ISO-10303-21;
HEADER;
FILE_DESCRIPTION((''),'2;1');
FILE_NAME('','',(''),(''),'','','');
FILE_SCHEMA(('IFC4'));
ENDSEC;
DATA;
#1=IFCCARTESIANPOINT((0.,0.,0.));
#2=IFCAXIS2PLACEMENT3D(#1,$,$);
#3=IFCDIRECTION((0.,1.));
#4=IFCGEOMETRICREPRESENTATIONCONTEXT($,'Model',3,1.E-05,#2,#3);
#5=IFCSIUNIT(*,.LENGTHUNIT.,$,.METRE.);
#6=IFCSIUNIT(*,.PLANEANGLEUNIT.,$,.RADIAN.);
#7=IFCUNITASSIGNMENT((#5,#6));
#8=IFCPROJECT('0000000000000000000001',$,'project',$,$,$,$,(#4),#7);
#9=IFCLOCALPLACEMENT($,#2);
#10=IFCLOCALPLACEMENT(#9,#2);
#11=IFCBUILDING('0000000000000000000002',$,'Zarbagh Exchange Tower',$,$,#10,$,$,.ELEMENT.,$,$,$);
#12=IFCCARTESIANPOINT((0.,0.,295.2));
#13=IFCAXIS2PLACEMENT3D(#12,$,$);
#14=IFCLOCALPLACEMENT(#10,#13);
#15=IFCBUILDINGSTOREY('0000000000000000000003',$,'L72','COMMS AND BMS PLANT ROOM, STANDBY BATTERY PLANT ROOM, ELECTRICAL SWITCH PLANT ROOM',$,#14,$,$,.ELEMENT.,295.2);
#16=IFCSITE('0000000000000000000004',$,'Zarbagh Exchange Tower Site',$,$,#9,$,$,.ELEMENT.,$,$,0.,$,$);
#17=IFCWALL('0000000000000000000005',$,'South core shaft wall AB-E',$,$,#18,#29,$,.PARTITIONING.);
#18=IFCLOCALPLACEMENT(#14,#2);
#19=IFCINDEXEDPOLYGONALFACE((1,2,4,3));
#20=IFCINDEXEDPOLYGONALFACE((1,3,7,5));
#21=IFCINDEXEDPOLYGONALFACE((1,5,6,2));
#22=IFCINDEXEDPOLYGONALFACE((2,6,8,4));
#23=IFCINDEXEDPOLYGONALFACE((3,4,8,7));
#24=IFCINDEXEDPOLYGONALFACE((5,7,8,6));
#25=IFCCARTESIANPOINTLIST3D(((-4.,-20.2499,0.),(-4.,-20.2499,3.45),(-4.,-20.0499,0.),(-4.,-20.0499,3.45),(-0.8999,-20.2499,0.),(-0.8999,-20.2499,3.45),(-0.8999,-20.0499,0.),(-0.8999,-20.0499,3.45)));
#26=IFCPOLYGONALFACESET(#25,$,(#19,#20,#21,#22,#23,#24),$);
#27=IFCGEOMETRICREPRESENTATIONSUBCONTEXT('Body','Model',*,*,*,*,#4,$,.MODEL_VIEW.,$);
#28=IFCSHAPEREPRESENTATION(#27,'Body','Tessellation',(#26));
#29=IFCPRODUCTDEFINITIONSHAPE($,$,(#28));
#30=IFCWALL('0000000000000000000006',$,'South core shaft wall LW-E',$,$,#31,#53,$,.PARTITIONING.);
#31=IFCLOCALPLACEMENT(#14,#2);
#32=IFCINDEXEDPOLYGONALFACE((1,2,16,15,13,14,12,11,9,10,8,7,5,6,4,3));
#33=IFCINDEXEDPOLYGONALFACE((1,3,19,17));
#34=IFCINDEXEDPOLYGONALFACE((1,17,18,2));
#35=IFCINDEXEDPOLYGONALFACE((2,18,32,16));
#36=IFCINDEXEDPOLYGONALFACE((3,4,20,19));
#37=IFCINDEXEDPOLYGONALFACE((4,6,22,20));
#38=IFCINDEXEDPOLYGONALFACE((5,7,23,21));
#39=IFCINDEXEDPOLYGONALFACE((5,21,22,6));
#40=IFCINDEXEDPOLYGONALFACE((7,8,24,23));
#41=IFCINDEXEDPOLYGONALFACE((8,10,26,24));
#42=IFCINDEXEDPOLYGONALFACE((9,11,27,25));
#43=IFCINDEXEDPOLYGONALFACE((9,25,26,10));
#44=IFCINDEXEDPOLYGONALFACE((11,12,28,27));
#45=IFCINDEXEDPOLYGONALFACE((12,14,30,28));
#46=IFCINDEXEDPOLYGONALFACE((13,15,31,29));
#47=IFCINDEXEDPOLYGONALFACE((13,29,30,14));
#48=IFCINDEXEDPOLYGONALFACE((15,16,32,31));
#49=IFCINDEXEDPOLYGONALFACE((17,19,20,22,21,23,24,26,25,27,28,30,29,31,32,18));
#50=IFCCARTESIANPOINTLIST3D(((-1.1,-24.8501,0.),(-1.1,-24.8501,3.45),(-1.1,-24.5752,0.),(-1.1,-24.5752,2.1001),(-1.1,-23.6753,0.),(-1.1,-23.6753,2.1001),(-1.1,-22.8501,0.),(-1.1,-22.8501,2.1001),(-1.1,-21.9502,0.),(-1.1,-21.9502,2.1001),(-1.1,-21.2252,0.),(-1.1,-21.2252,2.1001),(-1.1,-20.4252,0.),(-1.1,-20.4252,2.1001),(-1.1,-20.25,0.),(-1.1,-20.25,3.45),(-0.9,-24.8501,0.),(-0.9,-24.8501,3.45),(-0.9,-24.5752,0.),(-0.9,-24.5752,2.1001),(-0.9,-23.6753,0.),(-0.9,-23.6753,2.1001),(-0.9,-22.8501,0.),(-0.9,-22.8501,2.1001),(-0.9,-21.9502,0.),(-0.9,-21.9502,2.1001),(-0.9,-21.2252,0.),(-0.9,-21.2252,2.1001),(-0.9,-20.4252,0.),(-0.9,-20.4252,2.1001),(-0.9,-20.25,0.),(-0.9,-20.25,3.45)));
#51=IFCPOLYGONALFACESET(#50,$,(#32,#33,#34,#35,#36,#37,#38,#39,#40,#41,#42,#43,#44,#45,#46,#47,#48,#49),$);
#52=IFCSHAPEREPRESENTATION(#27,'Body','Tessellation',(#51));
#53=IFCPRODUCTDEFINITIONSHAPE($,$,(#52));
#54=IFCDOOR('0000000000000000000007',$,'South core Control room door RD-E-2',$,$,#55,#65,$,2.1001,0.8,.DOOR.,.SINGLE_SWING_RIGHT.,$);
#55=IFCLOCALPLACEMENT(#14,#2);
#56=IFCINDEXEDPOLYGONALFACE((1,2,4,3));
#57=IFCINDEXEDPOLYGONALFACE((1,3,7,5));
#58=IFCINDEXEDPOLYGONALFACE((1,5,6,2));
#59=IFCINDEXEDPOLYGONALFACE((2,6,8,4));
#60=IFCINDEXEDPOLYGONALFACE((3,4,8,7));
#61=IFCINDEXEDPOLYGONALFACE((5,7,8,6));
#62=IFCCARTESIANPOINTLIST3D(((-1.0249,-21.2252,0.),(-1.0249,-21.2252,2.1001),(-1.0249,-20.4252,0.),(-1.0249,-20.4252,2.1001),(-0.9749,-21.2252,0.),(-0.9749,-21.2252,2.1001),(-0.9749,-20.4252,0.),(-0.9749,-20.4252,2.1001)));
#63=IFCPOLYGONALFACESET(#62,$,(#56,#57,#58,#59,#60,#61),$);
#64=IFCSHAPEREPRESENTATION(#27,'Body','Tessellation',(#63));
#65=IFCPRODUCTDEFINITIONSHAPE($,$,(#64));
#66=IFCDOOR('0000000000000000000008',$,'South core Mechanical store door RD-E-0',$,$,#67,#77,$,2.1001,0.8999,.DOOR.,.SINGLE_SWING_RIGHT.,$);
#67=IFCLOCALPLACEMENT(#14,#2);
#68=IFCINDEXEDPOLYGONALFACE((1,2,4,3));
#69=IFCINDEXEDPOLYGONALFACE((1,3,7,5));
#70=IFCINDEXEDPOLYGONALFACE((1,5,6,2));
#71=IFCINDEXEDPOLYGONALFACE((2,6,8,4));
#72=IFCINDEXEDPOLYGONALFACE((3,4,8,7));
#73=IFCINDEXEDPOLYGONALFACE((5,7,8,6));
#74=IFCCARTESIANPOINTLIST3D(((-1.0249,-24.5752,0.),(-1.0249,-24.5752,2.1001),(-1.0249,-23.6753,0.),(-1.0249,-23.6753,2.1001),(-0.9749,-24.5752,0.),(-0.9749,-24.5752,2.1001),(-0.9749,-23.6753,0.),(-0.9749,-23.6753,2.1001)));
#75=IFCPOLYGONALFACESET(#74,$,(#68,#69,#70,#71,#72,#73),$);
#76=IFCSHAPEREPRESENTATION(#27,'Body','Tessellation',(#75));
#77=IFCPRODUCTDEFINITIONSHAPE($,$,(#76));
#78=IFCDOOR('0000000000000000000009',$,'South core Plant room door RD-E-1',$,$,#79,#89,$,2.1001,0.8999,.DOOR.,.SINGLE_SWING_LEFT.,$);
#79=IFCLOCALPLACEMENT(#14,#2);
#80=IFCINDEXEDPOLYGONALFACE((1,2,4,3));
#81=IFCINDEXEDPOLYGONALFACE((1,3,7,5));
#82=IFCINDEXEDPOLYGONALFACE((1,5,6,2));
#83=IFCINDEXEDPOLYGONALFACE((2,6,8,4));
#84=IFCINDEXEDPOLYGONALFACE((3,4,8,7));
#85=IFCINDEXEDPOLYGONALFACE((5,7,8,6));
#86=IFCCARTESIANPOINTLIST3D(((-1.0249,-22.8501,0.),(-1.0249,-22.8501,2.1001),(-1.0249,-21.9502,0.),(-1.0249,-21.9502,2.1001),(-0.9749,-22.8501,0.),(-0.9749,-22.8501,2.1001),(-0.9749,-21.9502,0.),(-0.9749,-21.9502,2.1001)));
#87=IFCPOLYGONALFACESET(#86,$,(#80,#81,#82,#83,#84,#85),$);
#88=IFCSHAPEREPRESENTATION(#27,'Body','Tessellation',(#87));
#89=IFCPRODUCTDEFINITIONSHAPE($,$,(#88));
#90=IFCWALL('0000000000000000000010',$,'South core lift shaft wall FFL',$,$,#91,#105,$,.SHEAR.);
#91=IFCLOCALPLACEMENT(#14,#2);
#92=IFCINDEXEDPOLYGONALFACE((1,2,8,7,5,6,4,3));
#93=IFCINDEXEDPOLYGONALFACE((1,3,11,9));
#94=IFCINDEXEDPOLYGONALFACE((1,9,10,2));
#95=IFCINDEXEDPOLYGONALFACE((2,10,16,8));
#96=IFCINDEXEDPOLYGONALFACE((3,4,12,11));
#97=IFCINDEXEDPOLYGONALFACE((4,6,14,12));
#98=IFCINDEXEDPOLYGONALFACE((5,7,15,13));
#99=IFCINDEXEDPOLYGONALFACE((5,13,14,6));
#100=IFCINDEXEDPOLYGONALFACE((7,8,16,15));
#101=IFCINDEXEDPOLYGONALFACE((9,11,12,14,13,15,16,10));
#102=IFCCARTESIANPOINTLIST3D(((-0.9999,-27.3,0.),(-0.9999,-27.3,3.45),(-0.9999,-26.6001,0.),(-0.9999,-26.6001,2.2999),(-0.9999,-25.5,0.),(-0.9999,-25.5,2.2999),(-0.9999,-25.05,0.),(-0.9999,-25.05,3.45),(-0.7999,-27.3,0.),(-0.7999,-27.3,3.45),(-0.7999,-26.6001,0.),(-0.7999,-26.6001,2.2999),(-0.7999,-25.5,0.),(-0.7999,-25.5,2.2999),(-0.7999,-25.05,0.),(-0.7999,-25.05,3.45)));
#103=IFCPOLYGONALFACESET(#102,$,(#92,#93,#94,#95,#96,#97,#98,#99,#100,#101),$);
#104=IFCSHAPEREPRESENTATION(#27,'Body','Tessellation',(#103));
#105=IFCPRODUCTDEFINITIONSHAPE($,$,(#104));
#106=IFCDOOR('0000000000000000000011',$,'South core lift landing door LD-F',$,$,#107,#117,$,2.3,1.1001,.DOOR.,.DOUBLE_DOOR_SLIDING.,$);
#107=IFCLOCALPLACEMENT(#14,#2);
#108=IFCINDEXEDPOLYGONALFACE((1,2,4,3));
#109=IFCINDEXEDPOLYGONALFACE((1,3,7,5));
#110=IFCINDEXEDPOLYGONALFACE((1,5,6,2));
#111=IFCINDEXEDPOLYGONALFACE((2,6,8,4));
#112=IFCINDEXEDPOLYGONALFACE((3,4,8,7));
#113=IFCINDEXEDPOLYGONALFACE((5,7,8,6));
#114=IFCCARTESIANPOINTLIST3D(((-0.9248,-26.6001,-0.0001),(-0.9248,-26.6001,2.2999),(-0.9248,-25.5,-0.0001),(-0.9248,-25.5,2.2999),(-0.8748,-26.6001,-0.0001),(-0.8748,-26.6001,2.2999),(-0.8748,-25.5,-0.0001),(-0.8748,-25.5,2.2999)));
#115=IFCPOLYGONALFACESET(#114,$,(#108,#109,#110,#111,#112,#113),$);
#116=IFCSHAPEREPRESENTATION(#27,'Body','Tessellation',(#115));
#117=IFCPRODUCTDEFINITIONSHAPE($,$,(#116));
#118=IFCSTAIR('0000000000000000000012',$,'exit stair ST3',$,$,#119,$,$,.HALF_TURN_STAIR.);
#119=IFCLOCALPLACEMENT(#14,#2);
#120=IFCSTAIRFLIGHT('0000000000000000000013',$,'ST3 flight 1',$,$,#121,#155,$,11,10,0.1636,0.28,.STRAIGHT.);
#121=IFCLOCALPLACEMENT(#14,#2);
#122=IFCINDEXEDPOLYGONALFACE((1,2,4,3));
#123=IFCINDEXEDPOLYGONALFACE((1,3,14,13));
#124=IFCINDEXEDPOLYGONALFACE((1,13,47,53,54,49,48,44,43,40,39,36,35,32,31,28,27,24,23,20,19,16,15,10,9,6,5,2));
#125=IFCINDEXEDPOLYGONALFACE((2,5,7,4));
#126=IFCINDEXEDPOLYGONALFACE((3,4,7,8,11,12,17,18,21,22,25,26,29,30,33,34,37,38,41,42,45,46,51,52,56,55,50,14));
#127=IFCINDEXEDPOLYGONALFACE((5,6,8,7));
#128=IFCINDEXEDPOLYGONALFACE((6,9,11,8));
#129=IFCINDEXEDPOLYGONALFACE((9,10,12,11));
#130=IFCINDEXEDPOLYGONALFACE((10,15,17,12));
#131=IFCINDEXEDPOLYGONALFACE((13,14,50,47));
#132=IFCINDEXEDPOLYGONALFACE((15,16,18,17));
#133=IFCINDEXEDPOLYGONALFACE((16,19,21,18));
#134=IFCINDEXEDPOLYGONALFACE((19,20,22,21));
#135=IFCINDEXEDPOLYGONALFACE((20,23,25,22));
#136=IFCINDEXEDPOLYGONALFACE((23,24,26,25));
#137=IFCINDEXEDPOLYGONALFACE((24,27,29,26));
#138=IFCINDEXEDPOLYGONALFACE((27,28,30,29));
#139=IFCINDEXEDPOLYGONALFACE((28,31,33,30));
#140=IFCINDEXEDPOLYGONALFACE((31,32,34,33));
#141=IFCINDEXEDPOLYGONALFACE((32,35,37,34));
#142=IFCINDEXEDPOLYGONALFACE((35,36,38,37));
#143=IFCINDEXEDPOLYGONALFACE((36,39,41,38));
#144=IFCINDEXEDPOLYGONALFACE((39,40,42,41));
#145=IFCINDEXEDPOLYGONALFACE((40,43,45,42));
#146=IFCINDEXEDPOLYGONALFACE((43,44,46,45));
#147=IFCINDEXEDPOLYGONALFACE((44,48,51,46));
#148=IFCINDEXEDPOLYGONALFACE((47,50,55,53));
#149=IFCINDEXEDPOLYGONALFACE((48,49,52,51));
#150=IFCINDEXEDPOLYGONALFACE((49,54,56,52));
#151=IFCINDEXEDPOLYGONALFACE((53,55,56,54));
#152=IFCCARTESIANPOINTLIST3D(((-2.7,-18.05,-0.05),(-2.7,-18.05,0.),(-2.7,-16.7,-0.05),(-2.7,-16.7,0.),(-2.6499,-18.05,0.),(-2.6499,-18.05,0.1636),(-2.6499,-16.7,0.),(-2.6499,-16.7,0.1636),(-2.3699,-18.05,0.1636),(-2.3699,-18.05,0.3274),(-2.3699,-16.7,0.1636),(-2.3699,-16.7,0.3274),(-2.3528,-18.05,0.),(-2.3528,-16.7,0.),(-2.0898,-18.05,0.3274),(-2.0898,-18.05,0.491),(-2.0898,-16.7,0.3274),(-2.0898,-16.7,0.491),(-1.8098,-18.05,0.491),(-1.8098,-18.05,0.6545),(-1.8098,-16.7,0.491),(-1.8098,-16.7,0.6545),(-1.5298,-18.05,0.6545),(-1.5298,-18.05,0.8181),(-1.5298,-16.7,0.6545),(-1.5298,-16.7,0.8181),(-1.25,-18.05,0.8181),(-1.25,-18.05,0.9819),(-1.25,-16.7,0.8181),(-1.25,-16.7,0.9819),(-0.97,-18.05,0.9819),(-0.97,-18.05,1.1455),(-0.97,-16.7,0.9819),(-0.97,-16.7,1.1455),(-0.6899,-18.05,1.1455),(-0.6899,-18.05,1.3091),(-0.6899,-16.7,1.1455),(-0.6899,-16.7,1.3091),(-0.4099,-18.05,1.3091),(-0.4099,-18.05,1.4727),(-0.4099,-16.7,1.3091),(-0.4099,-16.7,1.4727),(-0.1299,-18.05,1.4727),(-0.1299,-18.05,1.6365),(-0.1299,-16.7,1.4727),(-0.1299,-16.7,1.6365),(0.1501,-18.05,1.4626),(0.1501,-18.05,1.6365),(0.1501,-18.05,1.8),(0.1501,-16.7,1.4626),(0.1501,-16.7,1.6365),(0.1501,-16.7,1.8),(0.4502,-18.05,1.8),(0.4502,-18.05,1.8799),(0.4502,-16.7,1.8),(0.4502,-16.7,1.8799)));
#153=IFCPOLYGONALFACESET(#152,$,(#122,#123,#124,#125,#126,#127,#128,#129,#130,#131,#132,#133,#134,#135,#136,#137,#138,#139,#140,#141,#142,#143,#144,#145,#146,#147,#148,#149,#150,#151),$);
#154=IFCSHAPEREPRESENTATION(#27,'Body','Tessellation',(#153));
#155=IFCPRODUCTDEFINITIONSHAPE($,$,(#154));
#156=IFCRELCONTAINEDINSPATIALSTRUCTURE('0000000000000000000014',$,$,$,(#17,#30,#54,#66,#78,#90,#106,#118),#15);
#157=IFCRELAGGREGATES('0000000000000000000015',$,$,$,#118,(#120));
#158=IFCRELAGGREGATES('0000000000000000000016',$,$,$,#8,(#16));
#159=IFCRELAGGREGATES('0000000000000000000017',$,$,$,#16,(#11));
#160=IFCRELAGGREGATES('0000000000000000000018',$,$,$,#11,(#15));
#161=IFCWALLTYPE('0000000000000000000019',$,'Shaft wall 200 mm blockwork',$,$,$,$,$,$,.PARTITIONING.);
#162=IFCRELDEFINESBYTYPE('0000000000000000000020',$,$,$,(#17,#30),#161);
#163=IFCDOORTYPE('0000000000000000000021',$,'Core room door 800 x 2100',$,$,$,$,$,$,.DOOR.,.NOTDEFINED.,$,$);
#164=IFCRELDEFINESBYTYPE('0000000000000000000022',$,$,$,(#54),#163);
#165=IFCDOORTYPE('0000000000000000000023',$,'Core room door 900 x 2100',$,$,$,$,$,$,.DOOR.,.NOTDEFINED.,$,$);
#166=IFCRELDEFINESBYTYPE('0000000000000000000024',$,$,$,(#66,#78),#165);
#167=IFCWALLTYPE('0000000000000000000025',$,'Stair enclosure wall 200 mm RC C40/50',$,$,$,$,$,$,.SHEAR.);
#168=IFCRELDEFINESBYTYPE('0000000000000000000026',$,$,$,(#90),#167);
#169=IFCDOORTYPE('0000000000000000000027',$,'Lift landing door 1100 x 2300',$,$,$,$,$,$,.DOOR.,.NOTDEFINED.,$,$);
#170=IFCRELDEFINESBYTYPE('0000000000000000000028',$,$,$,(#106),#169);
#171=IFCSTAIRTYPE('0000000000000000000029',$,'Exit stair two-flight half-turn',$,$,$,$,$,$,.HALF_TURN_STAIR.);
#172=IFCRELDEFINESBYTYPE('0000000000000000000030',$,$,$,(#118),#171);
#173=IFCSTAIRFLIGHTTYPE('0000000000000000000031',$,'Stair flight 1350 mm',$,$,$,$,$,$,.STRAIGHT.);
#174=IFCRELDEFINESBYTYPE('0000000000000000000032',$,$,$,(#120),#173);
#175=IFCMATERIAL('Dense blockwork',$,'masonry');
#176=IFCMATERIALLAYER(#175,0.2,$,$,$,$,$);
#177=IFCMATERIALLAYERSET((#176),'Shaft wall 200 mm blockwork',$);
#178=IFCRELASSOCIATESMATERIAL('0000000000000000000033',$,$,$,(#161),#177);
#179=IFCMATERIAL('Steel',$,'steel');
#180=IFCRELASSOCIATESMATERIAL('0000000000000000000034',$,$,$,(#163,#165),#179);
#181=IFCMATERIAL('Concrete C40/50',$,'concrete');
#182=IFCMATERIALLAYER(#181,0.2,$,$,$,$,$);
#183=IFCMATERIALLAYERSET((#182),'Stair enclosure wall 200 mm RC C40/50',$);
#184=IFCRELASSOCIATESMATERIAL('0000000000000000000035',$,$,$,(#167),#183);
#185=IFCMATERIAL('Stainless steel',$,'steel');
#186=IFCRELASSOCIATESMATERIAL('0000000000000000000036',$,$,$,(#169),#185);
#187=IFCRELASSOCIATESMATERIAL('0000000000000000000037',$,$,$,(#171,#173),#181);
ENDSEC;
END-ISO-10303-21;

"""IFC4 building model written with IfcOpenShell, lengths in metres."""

from ifc_helpers import new_model, si_unit, direction, frame, frame_2d, origin, place, context, subcontext, project, spatial, polyline, rectangle, outline, extrude, material, layer, layer_set, type_object, element, fill, aggregate, save


model = new_model("IFC4")

# Units and contexts
model_context = context("Model", 3, precision=1e-05, world=origin(), true_north=direction((0.0, 1.0)))
body_context = subcontext(model_context, "Body", "Model", "MODEL_VIEW")
ifc_project = project(units=[si_unit("LENGTHUNIT", "METRE"), si_unit("PLANEANGLEUNIT", "RADIAN")], contexts=[model_context])

# Site, building, storey
site_placement = place(None, origin())
site = spatial("IfcSite", under=ifc_project, at=site_placement, Name="Zarbagh Exchange Tower Site", CompositionType="ELEMENT", RefElevation=0.0)
building_placement = place(site_placement, origin())
building = spatial("IfcBuilding", under=site, at=building_placement, Name="Zarbagh Exchange Tower", CompositionType="ELEMENT")
storey_placement = place(building_placement, frame((0.0, 0.0, 295.2)))
storey = spatial("IfcBuildingStorey", under=building, at=storey_placement, Name="L72", Description="COMMS AND BMS PLANT ROOM, STANDBY BATTERY PLANT ROOM, ELECTRICAL SWITCH PLANT ROOM", CompositionType="ELEMENT", Elevation=295.2)

# Shared definitions
ifc_material_1 = material(Name="Concrete C40/50", Category="concrete")

# Shared definitions
ifc_material_2 = material(Name="Dense blockwork", Category="masonry")

# Shared definitions
ifc_material_3 = material(Name="Steel", Category="steel")

# Wall
ifc_layer_1 = layer(ifc_material_2, 0.2)
ifc_layer_set_1 = layer_set([ifc_layer_1], Name="Shaft wall 200 mm blockwork")
wall_type_1 = type_object("IfcWallType", Name="Shaft wall 200 mm blockwork", PredefinedType="PARTITIONING", material=ifc_layer_set_1)
wall_1_placement = place(storey_placement, frame((-0.8999, -20.1499, 0.0), z_axis=(0.0, 0.0, 1.0), x_axis=(-1.0, 0.0, 0.0)))
element("IfcWall", 1, at=wall_1_placement, inside=storey, type_object=wall_type_1, Name="South core shaft wall AB-E", PredefinedType="PARTITIONING", context=body_context, shape_type="SweptSolid", body=[
    extrude(rectangle(XDim=3.1001, YDim=0.2, at=frame_2d((1.55, 0.0))), origin(), (0.0, 0.0, 1.0), 3.45),
])

# Wall, openings, doors
wall_2_placement = place(storey_placement, frame((-1.0, -24.8501, 0.0), z_axis=(0.0, 0.0, 1.0), x_axis=(0.0, 1.0, 0.0)))
wall_2 = element("IfcWall", 2, at=wall_2_placement, inside=storey, type_object=wall_type_1, Name="South core shaft wall LW-E", PredefinedType="PARTITIONING", context=body_context, shape_type="SweptSolid", body=[
    extrude(rectangle(XDim=4.6001, YDim=0.2, at=frame_2d((2.3, 0.0))), origin(), (0.0, 0.0, 1.0), 3.45),
])
opening_1_placement = place(wall_2_placement, frame((0.2749, 0.0, 0.0)))
opening_1 = element("IfcOpeningElement", 3, at=opening_1_placement, cuts=wall_2, PredefinedType="OPENING", context=body_context, shape_type="SweptSolid", body=[
    extrude(rectangle(XDim=0.8999, YDim=2.1001, at=frame_2d((0.45, 1.05))), frame((0.0, 0.1099, 0.0), z_axis=(0.0, -1.0, 0.0), x_axis=(1.0, 0.0, 0.0)), (0.0, 0.0, 1.0), 0.22),
])
opening_2_placement = place(wall_2_placement, frame((2.0, 0.0, 0.0)))
opening_2 = element("IfcOpeningElement", 4, at=opening_2_placement, cuts=wall_2, PredefinedType="OPENING", context=body_context, shape_type="SweptSolid", body=[
    extrude(rectangle(XDim=0.8999, YDim=2.1001, at=frame_2d((0.45, 1.05))), frame((0.0, 0.1099, 0.0), z_axis=(0.0, -1.0, 0.0), x_axis=(1.0, 0.0, 0.0)), (0.0, 0.0, 1.0), 0.22),
])
opening_3_placement = place(wall_2_placement, frame((3.625, 0.0, 0.0)))
opening_3 = element("IfcOpeningElement", 5, at=opening_3_placement, cuts=wall_2, PredefinedType="OPENING", context=body_context, shape_type="SweptSolid", body=[
    extrude(rectangle(XDim=0.8, YDim=2.1001, at=frame_2d((0.3999, 1.05))), frame((0.0, 0.1099, 0.0), z_axis=(0.0, -1.0, 0.0), x_axis=(1.0, 0.0, 0.0)), (0.0, 0.0, 1.0), 0.22),
])
door_type_1 = type_object("IfcDoorType", Name="Core room door 800 x 2100", OperationType="NOTDEFINED", PredefinedType="DOOR", material=ifc_material_3)
door_1_placement = place(opening_3_placement, origin())
door_1 = element("IfcDoor", 6, at=door_1_placement, inside=storey, type_object=door_type_1, Name="South core Control room door RD-E-2", OperationType="SINGLE_SWING_RIGHT", OverallHeight=2.1001, OverallWidth=0.8, PredefinedType="DOOR", context=body_context, shape_type="SweptSolid", body=[
    extrude(rectangle(XDim=0.8, YDim=2.1001, at=frame_2d((0.3999, 1.05))), frame((0.0, 0.0249, 0.0), z_axis=(0.0, -1.0, 0.0), x_axis=(1.0, 0.0, 0.0)), (0.0, 0.0, 1.0), 0.05),
])
fill(opening_3, door_1)
door_type_2 = type_object("IfcDoorType", Name="Core room door 900 x 2100", OperationType="NOTDEFINED", PredefinedType="DOOR", material=ifc_material_3)
door_2_placement = place(opening_1_placement, origin())
door_2 = element("IfcDoor", 7, at=door_2_placement, inside=storey, type_object=door_type_2, Name="South core Mechanical store door RD-E-0", OperationType="SINGLE_SWING_RIGHT", OverallHeight=2.1001, OverallWidth=0.8999, PredefinedType="DOOR", context=body_context, shape_type="SweptSolid", body=[
    extrude(rectangle(XDim=0.8999, YDim=2.1001, at=frame_2d((0.45, 1.05))), frame((0.0, 0.0249, 0.0), z_axis=(0.0, -1.0, 0.0), x_axis=(1.0, 0.0, 0.0)), (0.0, 0.0, 1.0), 0.05),
])
fill(opening_1, door_2)
door_3_placement = place(opening_2_placement, origin())
door_3 = element("IfcDoor", 8, at=door_3_placement, inside=storey, type_object=door_type_2, Name="South core Plant room door RD-E-1", OperationType="SINGLE_SWING_LEFT", OverallHeight=2.1001, OverallWidth=0.8999, PredefinedType="DOOR", context=body_context, shape_type="SweptSolid", body=[
    extrude(rectangle(XDim=0.8999, YDim=2.1001, at=frame_2d((0.45, 1.05))), frame((0.0, 0.0249, 0.0), z_axis=(0.0, -1.0, 0.0), x_axis=(1.0, 0.0, 0.0)), (0.0, 0.0, 1.0), 0.05),
])
fill(opening_2, door_3)

# Wall, opening, door
ifc_layer_2 = layer(ifc_material_1, 0.2)
ifc_layer_set_2 = layer_set([ifc_layer_2], Name="Stair enclosure wall 200 mm RC C40/50")
wall_type_2 = type_object("IfcWallType", Name="Stair enclosure wall 200 mm RC C40/50", PredefinedType="SHEAR", material=ifc_layer_set_2)
wall_3_placement = place(storey_placement, frame((-0.8999, -27.3, 0.0), z_axis=(0.0, 0.0, 1.0), x_axis=(0.0, 1.0, 0.0)))
wall_3 = element("IfcWall", 9, at=wall_3_placement, inside=storey, type_object=wall_type_2, Name="South core lift shaft wall FFL", PredefinedType="SHEAR", context=body_context, shape_type="SweptSolid", body=[
    extrude(rectangle(XDim=2.25, YDim=0.2, at=frame_2d((1.125, 0.0))), origin(), (0.0, 0.0, 1.0), 3.45),
])
opening_4_placement = place(wall_3_placement, frame((0.7, 0.0, 0.0)))
opening_4 = element("IfcOpeningElement", 10, at=opening_4_placement, cuts=wall_3, PredefinedType="OPENING", context=body_context, shape_type="SweptSolid", body=[
    extrude(rectangle(XDim=1.1001, YDim=2.3, at=frame_2d((0.55, 1.1499))), frame((0.0, 0.1099, 0.0), z_axis=(0.0, -1.0, 0.0), x_axis=(1.0, 0.0, 0.0)), (0.0, 0.0, 1.0), 0.22),
])
ifc_material_4 = material(Name="Stainless steel", Category="steel")
door_type_3 = type_object("IfcDoorType", Name="Lift landing door 1100 x 2300", OperationType="NOTDEFINED", PredefinedType="DOOR", material=ifc_material_4)
door_4_placement = place(opening_4_placement, origin())
door_4 = element("IfcDoor", 11, at=door_4_placement, inside=storey, type_object=door_type_3, Name="South core lift landing door LD-F", OperationType="DOUBLE_DOOR_SLIDING", OverallHeight=2.3, OverallWidth=1.1001, PredefinedType="DOOR", context=body_context, shape_type="SweptSolid", body=[
    extrude(rectangle(XDim=1.1001, YDim=2.3, at=frame_2d((0.55, 1.1499))), frame((0.0, 0.0249, 0.0), z_axis=(0.0, -1.0, 0.0), x_axis=(1.0, 0.0, 0.0)), (0.0, 0.0, 1.0), 0.05),
])
fill(opening_4, door_4)

# Stair, stair flight
stair_type = type_object("IfcStairType", Name="Exit stair two-flight half-turn", PredefinedType="HALF_TURN_STAIR", material=ifc_material_1)
stair_1_placement = place(storey_placement, origin())
stair_1 = element("IfcStair", 12, at=stair_1_placement, inside=storey, type_object=stair_type, Name="exit stair ST3", PredefinedType="HALF_TURN_STAIR")
stair_flight_type_1 = type_object("IfcStairFlightType", Name="Stair flight 1350 mm", PredefinedType="STRAIGHT", material=ifc_material_1)
stair_flight_1_placement = place(storey_placement, frame((-2.6499, -17.375, 0.0), z_axis=(0.0, 0.0, 1.0), x_axis=(1.0, 0.0, 0.0)))
stair_flight_1 = element("IfcStairFlight", 13, at=stair_flight_1_placement, type_object=stair_flight_type_1, Name="ST3 flight 1", NumberOfRisers=11, NumberOfTreads=10, PredefinedType="STRAIGHT", RiserHeight=0.1636, TreadLength=0.28, context=body_context, shape_type="SweptSolid", body=[
    extrude(outline(polyline([(-0.05, -0.05), (-0.05, 0.0), (0.0, 0.0), (0.0, 0.1636), (0.28, 0.1636), (0.28, 0.3274), (0.5601, 0.3274), (0.5601, 0.491), (0.8401, 0.491), (0.8401, 0.6545), (1.1201, 0.6545), (1.1201, 0.8181), (1.3999, 0.8181), (1.3999, 0.9819), (1.6799, 0.9819), (1.6799, 1.1455), (1.96, 1.1455), (1.96, 1.3091), (2.24, 1.3091), (2.24, 1.4727), (2.52, 1.4727), (2.52, 1.6365), (2.8, 1.6365), (2.8, 1.8), (3.1001, 1.8799), (3.1001, 1.8), (2.8, 1.4626), (0.2971, 0.0), (-0.05, -0.05)])), frame((0.0, 0.675, 0.0), z_axis=(0.0, -1.0, 0.0), x_axis=(1.0, 0.0, 0.0)), (0.0, 0.0, 1.0), 1.3501),
])
aggregate(stair_1, [stair_flight_1])

save(model, "model.ifc")
